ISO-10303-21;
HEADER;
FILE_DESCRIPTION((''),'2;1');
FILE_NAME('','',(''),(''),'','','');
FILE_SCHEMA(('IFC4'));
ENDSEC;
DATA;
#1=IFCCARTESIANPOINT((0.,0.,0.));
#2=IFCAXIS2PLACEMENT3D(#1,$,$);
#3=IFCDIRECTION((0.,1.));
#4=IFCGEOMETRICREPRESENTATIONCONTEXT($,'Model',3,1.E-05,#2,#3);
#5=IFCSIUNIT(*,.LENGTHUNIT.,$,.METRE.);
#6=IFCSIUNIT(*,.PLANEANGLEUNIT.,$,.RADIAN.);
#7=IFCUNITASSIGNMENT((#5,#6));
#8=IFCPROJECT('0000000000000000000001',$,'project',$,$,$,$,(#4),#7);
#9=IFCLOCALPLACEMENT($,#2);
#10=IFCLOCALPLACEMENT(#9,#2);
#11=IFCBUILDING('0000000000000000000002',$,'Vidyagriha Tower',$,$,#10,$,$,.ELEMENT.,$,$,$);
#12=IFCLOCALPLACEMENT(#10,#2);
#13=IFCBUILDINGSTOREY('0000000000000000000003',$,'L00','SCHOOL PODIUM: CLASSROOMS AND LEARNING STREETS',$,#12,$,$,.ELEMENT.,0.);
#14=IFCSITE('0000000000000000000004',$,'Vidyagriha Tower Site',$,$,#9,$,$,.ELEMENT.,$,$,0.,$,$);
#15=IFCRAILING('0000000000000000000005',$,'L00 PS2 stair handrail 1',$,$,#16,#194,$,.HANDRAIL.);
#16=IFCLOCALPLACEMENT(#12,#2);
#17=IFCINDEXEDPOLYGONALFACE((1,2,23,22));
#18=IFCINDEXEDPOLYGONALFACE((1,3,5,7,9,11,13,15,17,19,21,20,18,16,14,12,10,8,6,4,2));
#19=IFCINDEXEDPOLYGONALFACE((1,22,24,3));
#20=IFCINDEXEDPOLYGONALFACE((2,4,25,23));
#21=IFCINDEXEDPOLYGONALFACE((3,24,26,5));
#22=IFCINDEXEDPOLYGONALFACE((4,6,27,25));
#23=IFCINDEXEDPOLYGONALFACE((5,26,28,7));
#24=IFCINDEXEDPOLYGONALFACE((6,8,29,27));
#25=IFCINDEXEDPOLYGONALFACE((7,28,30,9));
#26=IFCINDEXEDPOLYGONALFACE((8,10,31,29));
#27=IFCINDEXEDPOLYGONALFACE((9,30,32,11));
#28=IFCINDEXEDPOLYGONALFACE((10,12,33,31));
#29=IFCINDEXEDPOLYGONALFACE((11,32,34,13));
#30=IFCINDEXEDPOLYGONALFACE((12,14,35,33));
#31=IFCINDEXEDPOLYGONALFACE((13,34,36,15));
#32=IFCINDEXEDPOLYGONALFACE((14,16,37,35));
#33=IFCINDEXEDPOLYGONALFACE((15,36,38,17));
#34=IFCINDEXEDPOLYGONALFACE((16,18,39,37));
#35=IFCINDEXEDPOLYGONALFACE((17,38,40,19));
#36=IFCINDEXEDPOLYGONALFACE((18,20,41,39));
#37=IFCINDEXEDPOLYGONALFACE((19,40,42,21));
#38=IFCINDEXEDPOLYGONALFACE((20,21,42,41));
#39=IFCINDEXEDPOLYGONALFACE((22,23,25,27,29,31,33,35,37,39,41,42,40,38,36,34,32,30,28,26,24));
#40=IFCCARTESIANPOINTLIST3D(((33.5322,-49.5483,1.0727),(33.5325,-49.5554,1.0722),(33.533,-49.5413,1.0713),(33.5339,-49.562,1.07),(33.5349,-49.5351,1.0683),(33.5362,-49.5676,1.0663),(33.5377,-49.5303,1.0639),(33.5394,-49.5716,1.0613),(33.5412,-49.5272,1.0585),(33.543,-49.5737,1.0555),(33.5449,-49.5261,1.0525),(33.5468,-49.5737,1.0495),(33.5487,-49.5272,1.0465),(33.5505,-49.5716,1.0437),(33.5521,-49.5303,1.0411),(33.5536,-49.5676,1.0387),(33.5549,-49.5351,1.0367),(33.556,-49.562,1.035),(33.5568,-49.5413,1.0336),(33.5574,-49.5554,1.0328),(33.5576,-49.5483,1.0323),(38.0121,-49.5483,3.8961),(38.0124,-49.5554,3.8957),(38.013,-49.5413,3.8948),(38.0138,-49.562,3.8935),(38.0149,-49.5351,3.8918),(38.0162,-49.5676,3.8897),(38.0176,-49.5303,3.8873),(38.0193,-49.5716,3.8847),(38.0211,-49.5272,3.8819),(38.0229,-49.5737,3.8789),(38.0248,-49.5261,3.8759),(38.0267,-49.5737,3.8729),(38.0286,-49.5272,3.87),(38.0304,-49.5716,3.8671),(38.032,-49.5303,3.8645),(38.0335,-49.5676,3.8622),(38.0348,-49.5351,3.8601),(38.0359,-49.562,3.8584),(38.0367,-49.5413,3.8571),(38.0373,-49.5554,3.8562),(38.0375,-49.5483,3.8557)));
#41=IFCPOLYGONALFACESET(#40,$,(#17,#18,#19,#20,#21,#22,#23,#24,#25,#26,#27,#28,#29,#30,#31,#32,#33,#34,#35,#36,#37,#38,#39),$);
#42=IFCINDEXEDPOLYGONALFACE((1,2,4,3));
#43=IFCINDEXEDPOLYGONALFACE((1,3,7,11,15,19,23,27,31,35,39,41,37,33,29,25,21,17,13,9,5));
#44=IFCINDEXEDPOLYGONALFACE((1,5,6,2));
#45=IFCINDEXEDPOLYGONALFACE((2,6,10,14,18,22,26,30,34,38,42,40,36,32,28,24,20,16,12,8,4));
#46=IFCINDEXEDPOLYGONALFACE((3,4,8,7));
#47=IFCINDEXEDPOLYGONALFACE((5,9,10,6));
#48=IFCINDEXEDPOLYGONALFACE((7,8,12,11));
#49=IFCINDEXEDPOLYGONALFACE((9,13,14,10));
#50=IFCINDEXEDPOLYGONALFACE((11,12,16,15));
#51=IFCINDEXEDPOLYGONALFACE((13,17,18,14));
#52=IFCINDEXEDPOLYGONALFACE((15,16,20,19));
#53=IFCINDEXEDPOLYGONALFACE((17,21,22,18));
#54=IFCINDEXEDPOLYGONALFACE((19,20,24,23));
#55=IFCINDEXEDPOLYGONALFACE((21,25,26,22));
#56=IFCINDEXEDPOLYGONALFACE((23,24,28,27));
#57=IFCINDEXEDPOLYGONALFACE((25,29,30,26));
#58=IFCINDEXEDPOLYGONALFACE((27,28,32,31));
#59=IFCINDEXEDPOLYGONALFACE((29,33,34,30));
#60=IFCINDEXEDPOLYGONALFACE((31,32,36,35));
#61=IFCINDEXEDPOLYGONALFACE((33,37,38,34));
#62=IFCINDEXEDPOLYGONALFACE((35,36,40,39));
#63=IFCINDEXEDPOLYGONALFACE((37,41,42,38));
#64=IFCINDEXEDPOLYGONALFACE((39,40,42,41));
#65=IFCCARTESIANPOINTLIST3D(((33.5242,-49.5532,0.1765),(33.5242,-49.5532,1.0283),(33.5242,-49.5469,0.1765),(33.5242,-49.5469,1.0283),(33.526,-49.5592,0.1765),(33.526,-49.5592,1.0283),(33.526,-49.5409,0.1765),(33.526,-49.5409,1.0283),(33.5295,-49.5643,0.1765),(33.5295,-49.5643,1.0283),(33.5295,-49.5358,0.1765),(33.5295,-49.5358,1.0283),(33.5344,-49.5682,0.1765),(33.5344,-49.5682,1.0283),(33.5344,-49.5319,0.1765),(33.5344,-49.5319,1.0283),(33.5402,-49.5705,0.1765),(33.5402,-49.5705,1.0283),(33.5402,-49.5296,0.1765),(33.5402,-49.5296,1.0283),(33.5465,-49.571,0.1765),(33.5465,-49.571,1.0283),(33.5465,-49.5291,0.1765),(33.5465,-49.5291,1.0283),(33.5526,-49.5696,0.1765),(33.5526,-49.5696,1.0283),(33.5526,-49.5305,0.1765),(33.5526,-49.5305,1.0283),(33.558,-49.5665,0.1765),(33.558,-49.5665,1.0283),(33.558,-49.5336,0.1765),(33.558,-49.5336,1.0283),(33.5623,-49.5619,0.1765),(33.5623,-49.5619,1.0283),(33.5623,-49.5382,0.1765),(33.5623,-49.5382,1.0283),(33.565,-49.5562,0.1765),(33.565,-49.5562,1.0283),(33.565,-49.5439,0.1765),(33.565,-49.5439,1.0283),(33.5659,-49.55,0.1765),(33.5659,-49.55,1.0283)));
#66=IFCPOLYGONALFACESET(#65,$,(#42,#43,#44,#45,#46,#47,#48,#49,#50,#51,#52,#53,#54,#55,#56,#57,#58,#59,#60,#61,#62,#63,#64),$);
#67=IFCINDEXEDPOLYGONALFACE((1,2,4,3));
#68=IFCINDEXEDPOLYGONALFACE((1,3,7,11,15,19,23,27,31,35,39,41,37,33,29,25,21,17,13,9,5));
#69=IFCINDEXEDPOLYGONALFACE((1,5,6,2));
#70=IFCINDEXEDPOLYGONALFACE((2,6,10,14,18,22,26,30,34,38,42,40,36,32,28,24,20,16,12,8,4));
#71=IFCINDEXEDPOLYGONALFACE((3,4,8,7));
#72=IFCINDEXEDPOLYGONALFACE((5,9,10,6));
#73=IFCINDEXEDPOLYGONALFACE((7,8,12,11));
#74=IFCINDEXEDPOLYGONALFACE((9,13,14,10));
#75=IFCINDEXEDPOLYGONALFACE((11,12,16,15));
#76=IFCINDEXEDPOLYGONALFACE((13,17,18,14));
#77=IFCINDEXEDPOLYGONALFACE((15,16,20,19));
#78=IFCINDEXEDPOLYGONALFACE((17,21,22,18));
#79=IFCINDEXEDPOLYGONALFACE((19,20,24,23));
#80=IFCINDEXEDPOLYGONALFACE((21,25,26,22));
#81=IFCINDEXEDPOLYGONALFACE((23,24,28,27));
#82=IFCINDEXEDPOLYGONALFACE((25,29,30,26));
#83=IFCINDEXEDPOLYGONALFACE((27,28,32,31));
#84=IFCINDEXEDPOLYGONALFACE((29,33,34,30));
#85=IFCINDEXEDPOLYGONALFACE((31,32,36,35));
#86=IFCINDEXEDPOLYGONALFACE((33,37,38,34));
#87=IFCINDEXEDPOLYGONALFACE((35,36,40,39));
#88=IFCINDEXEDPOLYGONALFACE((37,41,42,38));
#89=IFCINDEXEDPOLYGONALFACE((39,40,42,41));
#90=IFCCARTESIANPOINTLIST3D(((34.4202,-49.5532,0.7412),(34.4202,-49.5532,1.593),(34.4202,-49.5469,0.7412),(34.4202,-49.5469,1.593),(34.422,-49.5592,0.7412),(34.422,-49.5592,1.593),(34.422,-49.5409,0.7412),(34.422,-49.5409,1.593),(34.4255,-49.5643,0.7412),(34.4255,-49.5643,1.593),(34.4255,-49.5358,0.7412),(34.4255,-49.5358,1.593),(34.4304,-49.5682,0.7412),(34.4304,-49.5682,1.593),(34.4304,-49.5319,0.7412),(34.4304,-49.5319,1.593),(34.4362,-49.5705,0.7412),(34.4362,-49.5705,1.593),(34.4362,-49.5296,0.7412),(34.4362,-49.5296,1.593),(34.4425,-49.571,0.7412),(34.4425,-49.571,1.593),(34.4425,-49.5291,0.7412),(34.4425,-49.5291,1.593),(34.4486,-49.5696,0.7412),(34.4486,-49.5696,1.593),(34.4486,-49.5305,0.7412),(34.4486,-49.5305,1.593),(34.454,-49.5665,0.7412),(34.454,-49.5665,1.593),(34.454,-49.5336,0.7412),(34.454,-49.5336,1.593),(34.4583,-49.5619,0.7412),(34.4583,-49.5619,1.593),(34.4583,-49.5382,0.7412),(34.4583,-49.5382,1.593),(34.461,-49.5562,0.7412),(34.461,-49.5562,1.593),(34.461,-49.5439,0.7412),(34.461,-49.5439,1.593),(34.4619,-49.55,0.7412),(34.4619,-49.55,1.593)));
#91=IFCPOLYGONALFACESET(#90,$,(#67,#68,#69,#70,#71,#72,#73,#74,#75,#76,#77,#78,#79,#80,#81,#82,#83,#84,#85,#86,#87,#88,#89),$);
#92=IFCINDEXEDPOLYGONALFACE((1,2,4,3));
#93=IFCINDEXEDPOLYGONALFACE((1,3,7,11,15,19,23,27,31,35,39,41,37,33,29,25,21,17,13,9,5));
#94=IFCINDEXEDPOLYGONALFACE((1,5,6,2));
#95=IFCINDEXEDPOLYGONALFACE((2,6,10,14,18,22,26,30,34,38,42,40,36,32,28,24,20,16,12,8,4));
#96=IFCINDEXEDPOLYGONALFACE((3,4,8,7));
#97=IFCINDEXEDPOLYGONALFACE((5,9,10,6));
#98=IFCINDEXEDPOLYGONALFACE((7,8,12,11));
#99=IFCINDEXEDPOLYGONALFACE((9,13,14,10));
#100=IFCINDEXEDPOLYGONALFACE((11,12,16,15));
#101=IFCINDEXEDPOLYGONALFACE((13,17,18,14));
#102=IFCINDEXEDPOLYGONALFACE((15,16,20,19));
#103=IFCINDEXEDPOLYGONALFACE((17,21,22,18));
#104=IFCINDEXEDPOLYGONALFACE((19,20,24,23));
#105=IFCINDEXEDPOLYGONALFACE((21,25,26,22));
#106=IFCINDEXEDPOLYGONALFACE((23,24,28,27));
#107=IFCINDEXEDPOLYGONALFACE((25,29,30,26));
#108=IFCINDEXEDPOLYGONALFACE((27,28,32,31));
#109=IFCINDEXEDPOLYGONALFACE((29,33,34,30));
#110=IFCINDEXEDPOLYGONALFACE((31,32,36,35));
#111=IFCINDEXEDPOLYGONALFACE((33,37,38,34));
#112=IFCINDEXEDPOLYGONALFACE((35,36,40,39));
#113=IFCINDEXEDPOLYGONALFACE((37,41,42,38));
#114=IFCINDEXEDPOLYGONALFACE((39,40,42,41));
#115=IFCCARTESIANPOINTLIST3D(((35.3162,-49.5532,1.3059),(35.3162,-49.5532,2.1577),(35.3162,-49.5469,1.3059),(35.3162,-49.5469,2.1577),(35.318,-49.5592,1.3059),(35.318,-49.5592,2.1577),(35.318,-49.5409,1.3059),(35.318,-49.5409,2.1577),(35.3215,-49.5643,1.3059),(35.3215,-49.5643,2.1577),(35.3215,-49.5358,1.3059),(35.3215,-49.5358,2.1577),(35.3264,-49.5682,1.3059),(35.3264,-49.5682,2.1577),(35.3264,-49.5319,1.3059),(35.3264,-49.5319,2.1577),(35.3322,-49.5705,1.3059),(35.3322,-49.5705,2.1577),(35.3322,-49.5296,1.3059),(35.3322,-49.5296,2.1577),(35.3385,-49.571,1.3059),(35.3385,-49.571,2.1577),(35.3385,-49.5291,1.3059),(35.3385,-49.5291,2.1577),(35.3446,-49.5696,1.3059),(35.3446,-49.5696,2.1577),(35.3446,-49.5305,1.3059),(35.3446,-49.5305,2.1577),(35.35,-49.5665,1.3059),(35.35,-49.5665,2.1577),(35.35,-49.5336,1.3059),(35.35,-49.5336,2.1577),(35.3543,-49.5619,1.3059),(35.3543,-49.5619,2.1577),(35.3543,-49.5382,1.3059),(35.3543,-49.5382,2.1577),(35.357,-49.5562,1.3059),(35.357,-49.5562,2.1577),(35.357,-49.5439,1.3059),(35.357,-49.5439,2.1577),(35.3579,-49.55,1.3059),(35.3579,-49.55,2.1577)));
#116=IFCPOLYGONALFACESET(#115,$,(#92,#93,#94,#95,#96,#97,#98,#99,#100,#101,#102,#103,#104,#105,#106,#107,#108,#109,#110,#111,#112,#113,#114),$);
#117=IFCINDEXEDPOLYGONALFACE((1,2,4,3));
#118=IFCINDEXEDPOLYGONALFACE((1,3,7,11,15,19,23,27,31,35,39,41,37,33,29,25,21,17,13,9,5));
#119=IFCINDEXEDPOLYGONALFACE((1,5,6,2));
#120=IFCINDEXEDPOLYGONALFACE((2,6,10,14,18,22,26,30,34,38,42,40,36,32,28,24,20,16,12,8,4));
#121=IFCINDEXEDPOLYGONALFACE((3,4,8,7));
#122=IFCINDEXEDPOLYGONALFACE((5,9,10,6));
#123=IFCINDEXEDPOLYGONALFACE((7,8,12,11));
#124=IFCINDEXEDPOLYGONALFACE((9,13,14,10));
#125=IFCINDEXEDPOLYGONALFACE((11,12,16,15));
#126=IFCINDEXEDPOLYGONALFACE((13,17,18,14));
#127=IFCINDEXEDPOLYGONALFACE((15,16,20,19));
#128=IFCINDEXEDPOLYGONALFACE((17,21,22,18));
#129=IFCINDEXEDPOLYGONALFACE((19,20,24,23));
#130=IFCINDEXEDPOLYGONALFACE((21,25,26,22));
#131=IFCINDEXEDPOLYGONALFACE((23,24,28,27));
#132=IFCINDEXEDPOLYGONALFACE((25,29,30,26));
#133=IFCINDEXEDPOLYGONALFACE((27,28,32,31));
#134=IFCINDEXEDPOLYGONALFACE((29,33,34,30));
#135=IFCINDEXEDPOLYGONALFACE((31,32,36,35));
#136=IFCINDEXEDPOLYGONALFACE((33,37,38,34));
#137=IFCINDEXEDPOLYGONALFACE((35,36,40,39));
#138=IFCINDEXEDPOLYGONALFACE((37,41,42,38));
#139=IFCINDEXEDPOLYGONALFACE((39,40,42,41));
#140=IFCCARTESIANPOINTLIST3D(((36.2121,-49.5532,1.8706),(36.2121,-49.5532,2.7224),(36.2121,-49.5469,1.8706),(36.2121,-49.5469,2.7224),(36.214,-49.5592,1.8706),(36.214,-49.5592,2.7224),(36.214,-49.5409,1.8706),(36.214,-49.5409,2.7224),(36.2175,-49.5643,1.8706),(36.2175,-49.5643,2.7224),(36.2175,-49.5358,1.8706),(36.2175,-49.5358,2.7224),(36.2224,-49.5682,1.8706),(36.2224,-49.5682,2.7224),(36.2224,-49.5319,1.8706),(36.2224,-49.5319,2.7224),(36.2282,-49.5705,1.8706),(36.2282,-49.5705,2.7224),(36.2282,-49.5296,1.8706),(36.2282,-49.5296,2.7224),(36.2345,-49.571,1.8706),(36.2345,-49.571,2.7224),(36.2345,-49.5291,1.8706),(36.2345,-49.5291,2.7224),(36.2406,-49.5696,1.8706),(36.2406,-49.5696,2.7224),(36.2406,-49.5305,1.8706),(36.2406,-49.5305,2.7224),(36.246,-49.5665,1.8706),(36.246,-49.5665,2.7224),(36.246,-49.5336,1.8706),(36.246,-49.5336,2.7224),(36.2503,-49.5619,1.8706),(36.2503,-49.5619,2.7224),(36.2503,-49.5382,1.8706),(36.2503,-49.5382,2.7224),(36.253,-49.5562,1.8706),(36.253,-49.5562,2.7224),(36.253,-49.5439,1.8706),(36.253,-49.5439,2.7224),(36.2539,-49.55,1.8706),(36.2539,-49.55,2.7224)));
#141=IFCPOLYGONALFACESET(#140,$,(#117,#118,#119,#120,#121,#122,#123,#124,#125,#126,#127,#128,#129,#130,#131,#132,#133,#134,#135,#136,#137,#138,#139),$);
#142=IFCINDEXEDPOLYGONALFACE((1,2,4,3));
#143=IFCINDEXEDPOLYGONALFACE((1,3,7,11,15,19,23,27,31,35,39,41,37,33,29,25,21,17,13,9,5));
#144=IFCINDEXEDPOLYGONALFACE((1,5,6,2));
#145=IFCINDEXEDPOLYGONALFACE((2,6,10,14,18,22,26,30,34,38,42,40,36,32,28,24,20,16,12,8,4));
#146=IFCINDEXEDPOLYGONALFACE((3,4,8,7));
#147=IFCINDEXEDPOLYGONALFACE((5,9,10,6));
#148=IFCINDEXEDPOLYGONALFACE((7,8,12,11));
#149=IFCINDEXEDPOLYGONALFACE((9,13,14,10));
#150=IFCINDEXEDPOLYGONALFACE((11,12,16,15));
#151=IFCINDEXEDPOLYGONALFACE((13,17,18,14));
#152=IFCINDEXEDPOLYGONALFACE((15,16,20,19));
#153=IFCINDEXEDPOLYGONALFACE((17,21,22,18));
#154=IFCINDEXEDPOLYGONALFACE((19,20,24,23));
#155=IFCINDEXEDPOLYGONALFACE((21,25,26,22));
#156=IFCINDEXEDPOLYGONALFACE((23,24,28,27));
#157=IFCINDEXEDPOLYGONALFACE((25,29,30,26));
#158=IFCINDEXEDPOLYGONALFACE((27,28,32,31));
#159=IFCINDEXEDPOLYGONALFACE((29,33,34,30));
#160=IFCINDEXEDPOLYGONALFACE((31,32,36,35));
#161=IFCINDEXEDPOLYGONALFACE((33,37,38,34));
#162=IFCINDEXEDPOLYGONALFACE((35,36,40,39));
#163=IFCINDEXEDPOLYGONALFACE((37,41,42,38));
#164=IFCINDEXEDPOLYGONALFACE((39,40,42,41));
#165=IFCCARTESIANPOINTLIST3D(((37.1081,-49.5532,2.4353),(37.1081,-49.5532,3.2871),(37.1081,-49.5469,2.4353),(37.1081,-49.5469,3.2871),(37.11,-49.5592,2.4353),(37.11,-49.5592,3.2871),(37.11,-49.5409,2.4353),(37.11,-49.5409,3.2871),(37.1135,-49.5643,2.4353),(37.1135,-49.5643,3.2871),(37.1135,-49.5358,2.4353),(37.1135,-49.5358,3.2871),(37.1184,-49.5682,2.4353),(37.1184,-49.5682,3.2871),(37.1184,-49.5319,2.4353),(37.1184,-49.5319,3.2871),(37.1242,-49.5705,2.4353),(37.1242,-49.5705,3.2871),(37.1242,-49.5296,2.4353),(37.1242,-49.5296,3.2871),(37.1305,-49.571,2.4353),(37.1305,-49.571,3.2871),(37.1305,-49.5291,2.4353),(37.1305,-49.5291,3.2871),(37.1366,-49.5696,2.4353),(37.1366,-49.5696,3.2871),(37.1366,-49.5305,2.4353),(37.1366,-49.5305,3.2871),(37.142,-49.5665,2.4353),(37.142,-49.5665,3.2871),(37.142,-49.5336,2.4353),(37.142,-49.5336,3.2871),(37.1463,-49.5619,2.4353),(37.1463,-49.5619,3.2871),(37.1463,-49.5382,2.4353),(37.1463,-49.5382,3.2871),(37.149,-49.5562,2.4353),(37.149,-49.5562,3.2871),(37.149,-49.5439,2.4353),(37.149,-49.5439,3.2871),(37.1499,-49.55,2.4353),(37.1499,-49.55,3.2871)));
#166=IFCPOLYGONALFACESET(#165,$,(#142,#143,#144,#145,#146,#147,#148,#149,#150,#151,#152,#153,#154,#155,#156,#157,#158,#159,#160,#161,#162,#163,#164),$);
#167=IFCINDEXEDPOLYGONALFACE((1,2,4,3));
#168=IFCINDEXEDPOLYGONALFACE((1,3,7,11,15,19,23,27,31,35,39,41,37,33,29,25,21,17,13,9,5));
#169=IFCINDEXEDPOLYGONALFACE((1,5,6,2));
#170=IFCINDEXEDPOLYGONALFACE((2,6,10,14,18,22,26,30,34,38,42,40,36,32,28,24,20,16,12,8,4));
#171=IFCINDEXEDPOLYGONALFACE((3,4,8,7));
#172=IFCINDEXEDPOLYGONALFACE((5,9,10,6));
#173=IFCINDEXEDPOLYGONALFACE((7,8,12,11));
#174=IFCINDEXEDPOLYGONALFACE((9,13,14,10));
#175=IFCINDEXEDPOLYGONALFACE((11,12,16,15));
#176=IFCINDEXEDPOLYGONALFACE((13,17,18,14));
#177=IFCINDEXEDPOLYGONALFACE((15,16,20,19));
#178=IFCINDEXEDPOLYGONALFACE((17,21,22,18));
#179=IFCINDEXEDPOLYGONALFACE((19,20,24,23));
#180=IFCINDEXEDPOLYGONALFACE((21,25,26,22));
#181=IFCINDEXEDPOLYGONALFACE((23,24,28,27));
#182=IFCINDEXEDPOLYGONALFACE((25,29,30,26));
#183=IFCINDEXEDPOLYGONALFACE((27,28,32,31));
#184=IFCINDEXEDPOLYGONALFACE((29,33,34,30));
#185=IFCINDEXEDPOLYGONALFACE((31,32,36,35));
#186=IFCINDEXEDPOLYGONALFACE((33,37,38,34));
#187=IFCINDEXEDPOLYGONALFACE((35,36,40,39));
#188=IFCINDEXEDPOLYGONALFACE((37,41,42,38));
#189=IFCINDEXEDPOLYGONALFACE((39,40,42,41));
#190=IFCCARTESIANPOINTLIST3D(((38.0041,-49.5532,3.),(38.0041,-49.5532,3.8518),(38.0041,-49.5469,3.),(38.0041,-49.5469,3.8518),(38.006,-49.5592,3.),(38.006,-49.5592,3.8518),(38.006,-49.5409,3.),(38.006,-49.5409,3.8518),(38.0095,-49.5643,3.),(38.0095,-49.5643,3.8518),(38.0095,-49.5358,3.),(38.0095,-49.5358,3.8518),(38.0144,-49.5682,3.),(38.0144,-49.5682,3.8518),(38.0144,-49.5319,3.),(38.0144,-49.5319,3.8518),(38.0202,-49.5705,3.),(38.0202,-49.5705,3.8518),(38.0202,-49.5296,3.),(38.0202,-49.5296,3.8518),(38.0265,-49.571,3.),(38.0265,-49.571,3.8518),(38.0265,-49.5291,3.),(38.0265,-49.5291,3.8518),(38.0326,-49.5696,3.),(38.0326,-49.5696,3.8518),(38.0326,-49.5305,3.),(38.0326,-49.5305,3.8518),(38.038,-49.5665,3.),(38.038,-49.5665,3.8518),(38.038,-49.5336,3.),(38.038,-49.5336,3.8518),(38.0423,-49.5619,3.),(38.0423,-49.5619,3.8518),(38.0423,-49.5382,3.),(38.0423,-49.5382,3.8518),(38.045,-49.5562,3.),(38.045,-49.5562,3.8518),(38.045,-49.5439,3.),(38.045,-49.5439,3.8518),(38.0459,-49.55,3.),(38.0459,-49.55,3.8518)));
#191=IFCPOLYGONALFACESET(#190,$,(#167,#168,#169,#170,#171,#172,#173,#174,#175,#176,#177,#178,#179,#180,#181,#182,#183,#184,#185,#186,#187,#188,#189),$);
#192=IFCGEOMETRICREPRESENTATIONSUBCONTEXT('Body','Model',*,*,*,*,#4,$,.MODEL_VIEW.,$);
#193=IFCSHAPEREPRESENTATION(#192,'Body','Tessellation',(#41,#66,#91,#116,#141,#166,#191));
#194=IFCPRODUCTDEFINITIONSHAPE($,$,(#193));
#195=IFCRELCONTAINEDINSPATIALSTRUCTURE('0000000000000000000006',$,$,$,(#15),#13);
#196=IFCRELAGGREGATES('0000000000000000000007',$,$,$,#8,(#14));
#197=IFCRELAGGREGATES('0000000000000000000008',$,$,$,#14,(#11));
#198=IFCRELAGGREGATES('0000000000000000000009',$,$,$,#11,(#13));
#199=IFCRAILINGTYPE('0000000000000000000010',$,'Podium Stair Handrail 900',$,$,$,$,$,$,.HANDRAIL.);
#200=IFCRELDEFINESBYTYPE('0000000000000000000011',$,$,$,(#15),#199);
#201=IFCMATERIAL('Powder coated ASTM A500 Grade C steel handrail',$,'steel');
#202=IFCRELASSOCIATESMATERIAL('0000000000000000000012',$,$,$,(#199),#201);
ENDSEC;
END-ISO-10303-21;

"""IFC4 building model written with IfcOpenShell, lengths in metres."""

from ifc_helpers import new_model, si_unit, direction, frame, origin, origin_2d, place, context, subcontext, project, spatial, circle, extrude, material, type_object, element, save


model = new_model("IFC4")

# Units and contexts
model_context = context("Model", 3, precision=1e-05, world=origin(), true_north=direction((0.0, 1.0)))
body_context = subcontext(model_context, "Body", "Model", "MODEL_VIEW")
ifc_project = project(units=[si_unit("LENGTHUNIT", "METRE"), si_unit("PLANEANGLEUNIT", "RADIAN")], contexts=[model_context])

# Site, building, storey
site_placement = place(None, origin())
site = spatial("IfcSite", under=ifc_project, at=site_placement, Name="Vidyagriha Tower Site", CompositionType="ELEMENT", RefElevation=0.0)
building_placement = place(site_placement, origin())
building = spatial("IfcBuilding", under=site, at=building_placement, Name="Vidyagriha Tower", CompositionType="ELEMENT")
storey_placement = place(building_placement, origin())
storey = spatial("IfcBuildingStorey", under=building, at=storey_placement, Name="L00", Description="SCHOOL PODIUM: CLASSROOMS AND LEARNING STREETS", CompositionType="ELEMENT", Elevation=0.0)

# Railing
ifc_material_1 = material(Name="Powder coated ASTM A500 Grade C steel handrail", Category="steel")
railing_type_1 = type_object("IfcRailingType", Name="Podium Stair Handrail 900", PredefinedType="HANDRAIL", material=ifc_material_1)
railing_1_placement = place(storey_placement, frame((33.5449, -49.55, 0.1765)))
element("IfcRailing", 1, at=railing_1_placement, inside=storey, type_object=railing_type_1, Name="L00 PS2 stair handrail 1", PredefinedType="HANDRAIL", context=body_context, shape_type="SweptSolid", body=[
    extrude(circle(Radius=0.0239, at=origin_2d()), frame((0.0, 0.0, 0.876), z_axis=(0.845998, 0.0, 0.533186), x_axis=(0.0, 1.0, 0.0)), (0.0, 0.0, 1.0), 5.2954),
    extrude(circle(Radius=0.021, at=origin_2d()), origin(), (0.0, 0.0, 1.0), 0.8518),
    extrude(circle(Radius=0.021, at=origin_2d()), frame((0.896, 0.0, 0.5647)), (0.0, 0.0, 1.0), 0.8518),
    extrude(circle(Radius=0.021, at=origin_2d()), frame((1.792, 0.0, 1.1294)), (0.0, 0.0, 1.0), 0.8518),
    extrude(circle(Radius=0.021, at=origin_2d()), frame((2.688, 0.0, 1.6941)), (0.0, 0.0, 1.0), 0.8518),
    extrude(circle(Radius=0.021, at=origin_2d()), frame((3.584, 0.0, 2.2588)), (0.0, 0.0, 1.0), 0.8518),
    extrude(circle(Radius=0.021, at=origin_2d()), frame((4.48, 0.0, 2.8235)), (0.0, 0.0, 1.0), 0.8518),
])

save(model, "model.ifc")
